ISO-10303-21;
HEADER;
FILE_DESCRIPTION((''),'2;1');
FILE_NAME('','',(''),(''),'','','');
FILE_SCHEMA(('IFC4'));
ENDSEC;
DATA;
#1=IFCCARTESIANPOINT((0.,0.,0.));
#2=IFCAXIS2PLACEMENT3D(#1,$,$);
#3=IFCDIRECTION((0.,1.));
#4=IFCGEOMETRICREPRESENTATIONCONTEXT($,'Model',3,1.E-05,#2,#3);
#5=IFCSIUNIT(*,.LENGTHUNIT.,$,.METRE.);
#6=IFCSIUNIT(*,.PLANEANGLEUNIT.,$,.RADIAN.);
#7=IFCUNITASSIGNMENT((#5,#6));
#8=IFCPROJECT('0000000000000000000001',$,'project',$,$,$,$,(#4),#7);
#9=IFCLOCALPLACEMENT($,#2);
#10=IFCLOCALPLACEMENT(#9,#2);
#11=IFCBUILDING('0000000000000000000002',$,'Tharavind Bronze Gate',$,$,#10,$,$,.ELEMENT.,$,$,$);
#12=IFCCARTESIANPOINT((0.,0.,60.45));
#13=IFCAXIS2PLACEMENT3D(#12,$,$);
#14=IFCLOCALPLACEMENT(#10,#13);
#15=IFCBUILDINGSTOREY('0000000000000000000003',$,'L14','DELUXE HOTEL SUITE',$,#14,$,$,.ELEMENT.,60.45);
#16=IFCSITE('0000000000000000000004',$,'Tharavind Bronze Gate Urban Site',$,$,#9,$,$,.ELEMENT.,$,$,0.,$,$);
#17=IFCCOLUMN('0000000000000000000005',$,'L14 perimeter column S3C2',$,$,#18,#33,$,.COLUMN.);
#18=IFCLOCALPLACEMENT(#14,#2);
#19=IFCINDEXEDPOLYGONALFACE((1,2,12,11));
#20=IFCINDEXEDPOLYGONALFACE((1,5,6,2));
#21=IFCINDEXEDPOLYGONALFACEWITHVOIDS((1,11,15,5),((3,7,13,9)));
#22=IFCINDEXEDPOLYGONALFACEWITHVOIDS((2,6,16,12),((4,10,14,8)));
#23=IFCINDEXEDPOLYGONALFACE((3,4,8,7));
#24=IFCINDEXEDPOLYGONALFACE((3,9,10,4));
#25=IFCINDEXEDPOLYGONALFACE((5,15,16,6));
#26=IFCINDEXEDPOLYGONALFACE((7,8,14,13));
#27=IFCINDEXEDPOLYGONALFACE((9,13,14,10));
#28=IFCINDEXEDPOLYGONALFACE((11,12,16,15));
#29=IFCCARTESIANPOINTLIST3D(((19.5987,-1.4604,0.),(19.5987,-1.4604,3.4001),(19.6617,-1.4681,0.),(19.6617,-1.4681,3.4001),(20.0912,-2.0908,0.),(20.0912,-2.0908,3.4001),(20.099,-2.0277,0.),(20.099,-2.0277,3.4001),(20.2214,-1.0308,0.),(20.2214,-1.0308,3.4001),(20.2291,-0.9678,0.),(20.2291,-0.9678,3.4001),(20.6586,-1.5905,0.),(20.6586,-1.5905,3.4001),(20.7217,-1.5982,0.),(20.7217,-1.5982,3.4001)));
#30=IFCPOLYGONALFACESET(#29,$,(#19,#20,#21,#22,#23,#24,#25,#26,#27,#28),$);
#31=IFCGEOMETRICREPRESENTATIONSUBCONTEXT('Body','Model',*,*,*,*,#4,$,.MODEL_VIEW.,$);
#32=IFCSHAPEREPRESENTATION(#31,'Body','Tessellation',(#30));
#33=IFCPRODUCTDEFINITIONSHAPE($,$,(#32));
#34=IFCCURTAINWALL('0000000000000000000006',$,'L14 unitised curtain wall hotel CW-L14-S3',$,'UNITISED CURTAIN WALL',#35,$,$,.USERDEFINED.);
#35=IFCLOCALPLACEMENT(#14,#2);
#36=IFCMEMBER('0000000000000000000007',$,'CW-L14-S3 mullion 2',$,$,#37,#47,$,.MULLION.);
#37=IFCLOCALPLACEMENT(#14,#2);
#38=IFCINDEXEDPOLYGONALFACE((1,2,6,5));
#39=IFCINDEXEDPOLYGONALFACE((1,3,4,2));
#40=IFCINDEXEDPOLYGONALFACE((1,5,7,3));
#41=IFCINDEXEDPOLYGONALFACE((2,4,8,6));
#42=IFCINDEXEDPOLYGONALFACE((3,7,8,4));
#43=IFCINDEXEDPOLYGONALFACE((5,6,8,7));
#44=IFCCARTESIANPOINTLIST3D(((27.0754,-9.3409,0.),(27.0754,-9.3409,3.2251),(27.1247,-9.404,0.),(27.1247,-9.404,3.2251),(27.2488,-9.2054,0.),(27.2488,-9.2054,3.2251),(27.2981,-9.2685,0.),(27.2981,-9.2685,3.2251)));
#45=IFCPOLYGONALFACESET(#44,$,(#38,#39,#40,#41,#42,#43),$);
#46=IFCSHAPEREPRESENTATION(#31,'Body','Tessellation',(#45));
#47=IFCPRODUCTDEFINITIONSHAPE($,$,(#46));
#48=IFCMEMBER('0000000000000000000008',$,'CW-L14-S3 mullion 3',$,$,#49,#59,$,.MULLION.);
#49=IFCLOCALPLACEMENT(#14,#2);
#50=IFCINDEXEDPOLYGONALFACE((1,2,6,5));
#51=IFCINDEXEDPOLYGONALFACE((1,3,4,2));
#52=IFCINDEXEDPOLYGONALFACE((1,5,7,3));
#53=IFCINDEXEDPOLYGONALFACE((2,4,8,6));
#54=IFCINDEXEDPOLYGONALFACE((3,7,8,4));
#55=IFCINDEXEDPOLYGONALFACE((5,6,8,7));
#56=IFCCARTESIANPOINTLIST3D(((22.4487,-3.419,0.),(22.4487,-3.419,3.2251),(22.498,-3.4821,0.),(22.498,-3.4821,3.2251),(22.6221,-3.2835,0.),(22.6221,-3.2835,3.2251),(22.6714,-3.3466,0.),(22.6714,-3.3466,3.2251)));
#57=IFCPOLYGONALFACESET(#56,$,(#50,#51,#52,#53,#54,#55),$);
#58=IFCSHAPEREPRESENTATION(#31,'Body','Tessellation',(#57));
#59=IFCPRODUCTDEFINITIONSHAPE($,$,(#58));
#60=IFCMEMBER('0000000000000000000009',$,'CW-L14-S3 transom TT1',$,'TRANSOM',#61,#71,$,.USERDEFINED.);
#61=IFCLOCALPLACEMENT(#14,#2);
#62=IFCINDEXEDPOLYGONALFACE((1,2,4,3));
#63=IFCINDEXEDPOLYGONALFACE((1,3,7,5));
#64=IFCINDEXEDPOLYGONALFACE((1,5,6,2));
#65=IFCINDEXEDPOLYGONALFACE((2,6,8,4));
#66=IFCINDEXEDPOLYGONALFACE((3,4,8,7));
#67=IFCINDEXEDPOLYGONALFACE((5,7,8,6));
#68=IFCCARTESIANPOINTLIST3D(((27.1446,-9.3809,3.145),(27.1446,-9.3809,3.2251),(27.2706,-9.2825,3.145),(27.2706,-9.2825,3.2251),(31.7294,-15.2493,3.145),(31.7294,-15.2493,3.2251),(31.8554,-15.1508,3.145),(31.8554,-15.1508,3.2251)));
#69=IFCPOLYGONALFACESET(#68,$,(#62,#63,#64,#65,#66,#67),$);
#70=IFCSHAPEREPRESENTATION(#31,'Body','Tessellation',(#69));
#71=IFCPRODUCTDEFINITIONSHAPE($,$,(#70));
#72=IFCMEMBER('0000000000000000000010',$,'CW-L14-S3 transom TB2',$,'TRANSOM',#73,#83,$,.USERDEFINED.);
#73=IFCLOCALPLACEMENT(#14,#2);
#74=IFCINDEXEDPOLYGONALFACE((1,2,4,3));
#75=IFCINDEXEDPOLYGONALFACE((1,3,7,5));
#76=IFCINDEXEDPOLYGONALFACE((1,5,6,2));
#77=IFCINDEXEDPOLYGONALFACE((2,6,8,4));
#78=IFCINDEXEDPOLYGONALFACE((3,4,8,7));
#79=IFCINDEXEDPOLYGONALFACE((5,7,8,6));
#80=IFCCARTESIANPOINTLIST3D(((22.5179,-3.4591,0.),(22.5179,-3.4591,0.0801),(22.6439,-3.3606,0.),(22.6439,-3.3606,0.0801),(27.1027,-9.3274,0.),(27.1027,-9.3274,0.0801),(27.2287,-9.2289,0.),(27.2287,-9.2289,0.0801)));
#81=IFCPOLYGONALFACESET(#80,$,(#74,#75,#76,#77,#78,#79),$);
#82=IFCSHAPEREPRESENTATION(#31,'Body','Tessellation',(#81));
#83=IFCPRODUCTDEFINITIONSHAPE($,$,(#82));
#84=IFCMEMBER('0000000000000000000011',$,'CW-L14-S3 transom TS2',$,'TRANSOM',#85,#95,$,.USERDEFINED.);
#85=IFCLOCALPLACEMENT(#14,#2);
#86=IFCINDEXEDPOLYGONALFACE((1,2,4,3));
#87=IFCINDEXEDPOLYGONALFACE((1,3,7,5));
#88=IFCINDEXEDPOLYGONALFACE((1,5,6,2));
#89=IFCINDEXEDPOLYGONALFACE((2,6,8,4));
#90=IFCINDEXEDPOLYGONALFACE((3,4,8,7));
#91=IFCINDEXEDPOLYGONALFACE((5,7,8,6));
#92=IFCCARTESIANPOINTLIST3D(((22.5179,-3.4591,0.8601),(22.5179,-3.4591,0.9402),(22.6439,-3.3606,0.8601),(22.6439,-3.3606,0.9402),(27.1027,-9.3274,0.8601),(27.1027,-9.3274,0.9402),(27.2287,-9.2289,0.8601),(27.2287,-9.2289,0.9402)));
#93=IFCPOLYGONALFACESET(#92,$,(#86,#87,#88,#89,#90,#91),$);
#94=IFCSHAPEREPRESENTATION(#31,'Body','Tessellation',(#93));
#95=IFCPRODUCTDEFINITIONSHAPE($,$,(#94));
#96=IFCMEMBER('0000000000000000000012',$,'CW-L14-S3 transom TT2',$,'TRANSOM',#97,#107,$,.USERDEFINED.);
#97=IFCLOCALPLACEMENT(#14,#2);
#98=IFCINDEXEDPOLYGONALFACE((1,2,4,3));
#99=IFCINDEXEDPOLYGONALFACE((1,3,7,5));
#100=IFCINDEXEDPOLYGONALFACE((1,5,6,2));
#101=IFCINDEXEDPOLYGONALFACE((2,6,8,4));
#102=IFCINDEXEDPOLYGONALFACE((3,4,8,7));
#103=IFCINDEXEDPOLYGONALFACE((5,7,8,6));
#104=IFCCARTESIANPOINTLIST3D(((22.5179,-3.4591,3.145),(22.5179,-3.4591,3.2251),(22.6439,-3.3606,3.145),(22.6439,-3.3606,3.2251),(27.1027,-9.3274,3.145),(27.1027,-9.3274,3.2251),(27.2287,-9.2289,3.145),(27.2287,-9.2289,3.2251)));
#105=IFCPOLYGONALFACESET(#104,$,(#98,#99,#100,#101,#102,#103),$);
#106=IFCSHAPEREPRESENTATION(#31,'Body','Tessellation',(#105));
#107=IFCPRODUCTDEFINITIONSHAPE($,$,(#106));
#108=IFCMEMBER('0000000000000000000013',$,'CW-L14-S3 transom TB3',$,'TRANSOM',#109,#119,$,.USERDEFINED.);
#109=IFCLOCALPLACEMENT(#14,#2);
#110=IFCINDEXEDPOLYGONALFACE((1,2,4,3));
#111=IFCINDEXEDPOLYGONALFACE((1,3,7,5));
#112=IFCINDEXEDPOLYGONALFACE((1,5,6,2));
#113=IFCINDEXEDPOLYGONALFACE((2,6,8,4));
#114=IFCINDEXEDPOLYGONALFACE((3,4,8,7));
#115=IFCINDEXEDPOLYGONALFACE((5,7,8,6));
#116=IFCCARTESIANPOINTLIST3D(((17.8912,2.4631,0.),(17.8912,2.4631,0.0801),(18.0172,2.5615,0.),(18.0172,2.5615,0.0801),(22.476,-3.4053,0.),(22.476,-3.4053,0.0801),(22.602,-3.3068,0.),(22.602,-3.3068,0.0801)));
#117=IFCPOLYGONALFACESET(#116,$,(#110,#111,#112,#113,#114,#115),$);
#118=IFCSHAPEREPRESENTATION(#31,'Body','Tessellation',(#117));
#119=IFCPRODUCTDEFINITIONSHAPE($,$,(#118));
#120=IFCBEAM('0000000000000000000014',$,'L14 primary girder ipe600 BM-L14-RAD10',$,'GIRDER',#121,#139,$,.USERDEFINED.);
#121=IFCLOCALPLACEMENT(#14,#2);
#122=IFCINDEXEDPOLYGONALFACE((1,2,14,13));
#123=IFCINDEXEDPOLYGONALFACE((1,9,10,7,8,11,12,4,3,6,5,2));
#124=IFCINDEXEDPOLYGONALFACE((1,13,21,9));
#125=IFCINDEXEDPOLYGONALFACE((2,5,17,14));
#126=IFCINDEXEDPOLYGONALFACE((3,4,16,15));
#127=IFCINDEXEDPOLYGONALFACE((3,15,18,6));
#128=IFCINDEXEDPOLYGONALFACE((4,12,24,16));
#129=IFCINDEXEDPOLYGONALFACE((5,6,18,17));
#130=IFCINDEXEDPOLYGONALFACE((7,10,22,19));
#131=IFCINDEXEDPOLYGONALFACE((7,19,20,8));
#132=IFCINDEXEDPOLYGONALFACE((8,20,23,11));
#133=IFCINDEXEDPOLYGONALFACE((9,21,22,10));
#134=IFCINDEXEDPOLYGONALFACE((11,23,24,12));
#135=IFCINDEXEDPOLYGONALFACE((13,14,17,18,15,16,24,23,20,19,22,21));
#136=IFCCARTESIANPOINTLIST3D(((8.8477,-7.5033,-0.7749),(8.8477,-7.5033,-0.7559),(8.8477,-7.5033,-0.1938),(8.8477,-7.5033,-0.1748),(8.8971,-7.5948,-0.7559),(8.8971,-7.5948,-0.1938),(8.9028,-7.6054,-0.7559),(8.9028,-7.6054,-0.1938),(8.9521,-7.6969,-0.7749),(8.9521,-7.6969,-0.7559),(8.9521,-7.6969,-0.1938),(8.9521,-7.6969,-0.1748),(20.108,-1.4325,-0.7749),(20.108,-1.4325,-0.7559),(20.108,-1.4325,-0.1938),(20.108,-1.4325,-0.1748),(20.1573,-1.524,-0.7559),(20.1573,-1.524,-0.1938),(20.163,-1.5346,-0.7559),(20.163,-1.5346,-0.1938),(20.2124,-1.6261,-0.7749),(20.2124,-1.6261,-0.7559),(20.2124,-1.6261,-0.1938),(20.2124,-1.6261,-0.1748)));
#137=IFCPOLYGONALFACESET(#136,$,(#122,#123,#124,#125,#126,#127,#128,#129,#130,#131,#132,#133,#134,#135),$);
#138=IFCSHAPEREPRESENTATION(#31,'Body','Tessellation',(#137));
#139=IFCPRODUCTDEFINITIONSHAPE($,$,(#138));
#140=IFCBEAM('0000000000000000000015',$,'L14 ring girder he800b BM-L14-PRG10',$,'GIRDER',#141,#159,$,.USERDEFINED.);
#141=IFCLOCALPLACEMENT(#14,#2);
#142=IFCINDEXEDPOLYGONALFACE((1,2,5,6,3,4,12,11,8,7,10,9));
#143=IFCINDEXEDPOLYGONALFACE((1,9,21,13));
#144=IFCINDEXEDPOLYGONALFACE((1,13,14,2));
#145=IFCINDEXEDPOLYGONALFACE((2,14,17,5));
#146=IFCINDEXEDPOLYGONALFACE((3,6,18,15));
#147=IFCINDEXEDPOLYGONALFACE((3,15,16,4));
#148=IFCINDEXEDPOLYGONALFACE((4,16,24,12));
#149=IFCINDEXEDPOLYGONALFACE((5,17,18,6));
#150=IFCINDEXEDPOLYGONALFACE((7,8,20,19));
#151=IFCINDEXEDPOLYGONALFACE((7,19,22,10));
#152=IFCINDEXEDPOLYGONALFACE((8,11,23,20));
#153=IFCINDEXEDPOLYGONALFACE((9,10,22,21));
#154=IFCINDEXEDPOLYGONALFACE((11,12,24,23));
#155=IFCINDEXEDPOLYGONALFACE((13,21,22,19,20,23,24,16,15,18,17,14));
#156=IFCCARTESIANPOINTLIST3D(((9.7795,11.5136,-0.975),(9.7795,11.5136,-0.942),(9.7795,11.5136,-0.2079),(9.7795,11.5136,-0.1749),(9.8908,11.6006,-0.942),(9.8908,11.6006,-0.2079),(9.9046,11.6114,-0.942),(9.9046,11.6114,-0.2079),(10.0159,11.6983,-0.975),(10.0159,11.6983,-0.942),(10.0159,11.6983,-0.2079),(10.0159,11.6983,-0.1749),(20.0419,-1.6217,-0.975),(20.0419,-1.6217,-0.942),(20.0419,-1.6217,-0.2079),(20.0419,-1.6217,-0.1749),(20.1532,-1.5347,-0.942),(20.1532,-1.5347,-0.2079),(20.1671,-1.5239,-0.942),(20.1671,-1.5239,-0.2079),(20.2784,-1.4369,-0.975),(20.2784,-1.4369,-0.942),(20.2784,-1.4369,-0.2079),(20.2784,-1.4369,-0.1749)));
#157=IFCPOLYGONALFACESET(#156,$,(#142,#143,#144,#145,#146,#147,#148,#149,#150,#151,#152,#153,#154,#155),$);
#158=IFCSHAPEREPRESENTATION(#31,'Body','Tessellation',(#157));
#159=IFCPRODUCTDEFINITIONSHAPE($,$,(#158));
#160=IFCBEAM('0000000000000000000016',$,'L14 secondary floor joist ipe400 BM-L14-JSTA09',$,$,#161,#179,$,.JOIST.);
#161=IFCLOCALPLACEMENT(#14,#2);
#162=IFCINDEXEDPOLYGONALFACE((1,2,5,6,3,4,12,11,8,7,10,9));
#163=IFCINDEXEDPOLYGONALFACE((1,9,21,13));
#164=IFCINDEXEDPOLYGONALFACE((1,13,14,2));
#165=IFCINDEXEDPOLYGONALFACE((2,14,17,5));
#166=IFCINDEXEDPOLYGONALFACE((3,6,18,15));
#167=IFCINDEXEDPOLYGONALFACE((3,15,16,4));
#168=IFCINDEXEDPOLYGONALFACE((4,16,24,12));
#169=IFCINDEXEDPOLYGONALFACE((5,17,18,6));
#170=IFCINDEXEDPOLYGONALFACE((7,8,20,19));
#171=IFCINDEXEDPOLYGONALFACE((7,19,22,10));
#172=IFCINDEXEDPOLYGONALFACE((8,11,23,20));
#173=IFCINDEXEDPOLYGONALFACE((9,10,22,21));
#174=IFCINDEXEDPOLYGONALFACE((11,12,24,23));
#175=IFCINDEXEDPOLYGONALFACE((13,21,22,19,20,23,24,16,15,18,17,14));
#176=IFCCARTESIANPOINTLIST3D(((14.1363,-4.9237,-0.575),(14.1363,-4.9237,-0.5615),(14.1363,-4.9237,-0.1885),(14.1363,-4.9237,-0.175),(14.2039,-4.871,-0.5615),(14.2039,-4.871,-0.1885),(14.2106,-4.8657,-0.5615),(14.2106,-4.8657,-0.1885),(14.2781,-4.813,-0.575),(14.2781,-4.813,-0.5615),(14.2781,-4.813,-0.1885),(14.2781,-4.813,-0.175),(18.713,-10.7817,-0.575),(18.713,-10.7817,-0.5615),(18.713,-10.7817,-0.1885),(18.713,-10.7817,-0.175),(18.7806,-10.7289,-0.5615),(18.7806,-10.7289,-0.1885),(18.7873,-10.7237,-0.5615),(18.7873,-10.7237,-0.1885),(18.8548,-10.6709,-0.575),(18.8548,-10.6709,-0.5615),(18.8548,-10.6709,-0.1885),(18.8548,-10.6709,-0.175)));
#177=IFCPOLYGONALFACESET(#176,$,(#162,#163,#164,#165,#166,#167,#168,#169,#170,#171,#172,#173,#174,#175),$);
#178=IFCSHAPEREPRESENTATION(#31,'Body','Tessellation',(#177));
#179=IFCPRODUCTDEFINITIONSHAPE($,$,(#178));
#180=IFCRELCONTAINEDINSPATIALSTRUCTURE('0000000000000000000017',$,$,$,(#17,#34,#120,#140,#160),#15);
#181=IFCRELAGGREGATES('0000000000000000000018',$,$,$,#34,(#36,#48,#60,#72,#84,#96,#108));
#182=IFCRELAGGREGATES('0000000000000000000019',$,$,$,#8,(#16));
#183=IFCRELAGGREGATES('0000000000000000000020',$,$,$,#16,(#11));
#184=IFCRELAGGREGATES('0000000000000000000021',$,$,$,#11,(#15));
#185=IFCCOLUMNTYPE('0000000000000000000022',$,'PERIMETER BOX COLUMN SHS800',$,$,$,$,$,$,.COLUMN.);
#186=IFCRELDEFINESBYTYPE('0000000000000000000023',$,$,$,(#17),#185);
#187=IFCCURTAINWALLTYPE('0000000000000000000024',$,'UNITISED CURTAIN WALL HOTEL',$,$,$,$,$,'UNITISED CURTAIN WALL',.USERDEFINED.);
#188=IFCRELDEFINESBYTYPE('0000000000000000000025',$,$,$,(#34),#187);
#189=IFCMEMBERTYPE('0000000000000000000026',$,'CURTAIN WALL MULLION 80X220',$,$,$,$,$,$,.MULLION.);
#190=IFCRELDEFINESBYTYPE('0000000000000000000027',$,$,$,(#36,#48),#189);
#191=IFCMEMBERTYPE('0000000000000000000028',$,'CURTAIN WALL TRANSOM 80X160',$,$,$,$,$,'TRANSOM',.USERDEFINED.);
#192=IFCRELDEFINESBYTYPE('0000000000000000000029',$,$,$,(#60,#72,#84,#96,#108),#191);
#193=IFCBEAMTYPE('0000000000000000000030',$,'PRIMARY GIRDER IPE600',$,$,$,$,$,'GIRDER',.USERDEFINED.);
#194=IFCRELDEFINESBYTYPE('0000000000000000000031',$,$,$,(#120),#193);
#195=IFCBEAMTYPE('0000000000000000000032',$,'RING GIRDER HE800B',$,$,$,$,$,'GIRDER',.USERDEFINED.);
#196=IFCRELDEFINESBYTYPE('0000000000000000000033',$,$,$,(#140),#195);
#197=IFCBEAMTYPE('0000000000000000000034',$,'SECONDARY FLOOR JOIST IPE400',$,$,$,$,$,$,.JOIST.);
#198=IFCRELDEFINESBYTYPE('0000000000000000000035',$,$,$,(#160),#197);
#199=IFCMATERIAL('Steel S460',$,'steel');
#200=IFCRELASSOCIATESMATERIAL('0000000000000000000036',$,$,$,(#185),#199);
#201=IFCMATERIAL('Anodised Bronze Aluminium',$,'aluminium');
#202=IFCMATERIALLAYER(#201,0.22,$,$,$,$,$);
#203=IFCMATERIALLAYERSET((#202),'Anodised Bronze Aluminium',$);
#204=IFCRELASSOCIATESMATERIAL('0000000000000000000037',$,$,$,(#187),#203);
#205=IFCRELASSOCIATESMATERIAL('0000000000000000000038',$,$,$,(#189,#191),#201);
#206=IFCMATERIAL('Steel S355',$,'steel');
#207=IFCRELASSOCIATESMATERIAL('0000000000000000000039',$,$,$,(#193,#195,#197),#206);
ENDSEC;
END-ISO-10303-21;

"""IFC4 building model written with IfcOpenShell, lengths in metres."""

from ifc_helpers import new_model, si_unit, direction, frame, origin, origin_2d, place, context, subcontext, project, spatial, rectangle, hollow_rectangle, i_section, extrude, material, layer, layer_set, material_profile, profile_set, type_object, element, aggregate, save


model = new_model("IFC4")

# Units and contexts
model_context = context("Model", 3, precision=1e-05, world=origin(), true_north=direction((0.0, 1.0)))
body_context = subcontext(model_context, "Body", "Model", "MODEL_VIEW")
ifc_project = project(units=[si_unit("LENGTHUNIT", "METRE"), si_unit("PLANEANGLEUNIT", "RADIAN")], contexts=[model_context])

# Site, building, storey
site_placement = place(None, origin())
site = spatial("IfcSite", under=ifc_project, at=site_placement, Name="Tharavind Bronze Gate Urban Site", CompositionType="ELEMENT", RefElevation=0.0)
building_placement = place(site_placement, origin())
building = spatial("IfcBuilding", under=site, at=building_placement, Name="Tharavind Bronze Gate", CompositionType="ELEMENT")
storey_placement = place(building_placement, frame((0.0, 0.0, 60.45)))
storey = spatial("IfcBuildingStorey", under=building, at=storey_placement, Name="L14", Description="DELUXE HOTEL SUITE", CompositionType="ELEMENT", Elevation=60.45)

# Column
ifc_material_1 = material(Name="Steel S460", Category="steel")
ifc_material_profile_1 = material_profile(ifc_material_1, hollow_rectangle(XDim=0.8, YDim=0.8, WallThickness=0.0449, at=origin_2d()), Name="SHS800X45")
ifc_profile_set_1 = profile_set([ifc_material_profile_1], Name="Steel S460")
column_type = type_object("IfcColumnType", Name="PERIMETER BOX COLUMN SHS800", PredefinedType="COLUMN", material=ifc_profile_set_1)
column_placement = place(storey_placement, frame((20.1602, -1.5293, 0.0), z_axis=(0.0, 0.0, 1.0), x_axis=(-0.615661, 0.788011, 0.0)))
element("IfcColumn", 1, at=column_placement, inside=storey, type_object=column_type, Name="L14 perimeter column S3C2", PredefinedType="COLUMN", context=body_context, shape_type="SweptSolid", body=[
    extrude(hollow_rectangle(XDim=0.8, YDim=0.8, WallThickness=0.0449, at=origin_2d()), origin(), (0.0, 0.0, 1.0), 3.4001),
])

# Curtain wall, members
ifc_material_2 = material(Name="Anodised Bronze Aluminium", Category="aluminium")
ifc_layer_1 = layer(ifc_material_2, 0.22)
ifc_layer_set_1 = layer_set([ifc_layer_1], Name="Anodised Bronze Aluminium")
curtain_wall_type = type_object("IfcCurtainWallType", Name="UNITISED CURTAIN WALL HOTEL", ElementType="UNITISED CURTAIN WALL", PredefinedType="USERDEFINED", material=ifc_layer_set_1)
curtain_wall_placement = place(storey_placement, origin())
curtain_wall = element("IfcCurtainWall", 2, at=curtain_wall_placement, inside=storey, type_object=curtain_wall_type, Name="L14 unitised curtain wall hotel CW-L14-S3", ObjectType="UNITISED CURTAIN WALL", PredefinedType="USERDEFINED")
member_type_1 = type_object("IfcMemberType", Name="CURTAIN WALL MULLION 80X220", PredefinedType="MULLION", material=ifc_material_2)
member_1_placement = place(storey_placement, frame((27.1868, -9.3047, 0.0), z_axis=(0.0, 0.0, 1.0), x_axis=(-0.615661, 0.788011, 0.0)))
member_1 = element("IfcMember", 3, at=member_1_placement, type_object=member_type_1, Name="CW-L14-S3 mullion 2", PredefinedType="MULLION", context=body_context, shape_type="SweptSolid", body=[
    extrude(rectangle(XDim=0.0801, YDim=0.22, at=origin_2d()), origin(), (0.0, 0.0, 1.0), 3.2251),
])
member_2_placement = place(storey_placement, frame((22.5601, -3.3828, 0.0), z_axis=(0.0, 0.0, 1.0), x_axis=(-0.615661, 0.788011, 0.0)))
member_2 = element("IfcMember", 4, at=member_2_placement, type_object=member_type_1, Name="CW-L14-S3 mullion 3", PredefinedType="MULLION", context=body_context, shape_type="SweptSolid", body=[
    extrude(rectangle(XDim=0.0801, YDim=0.22, at=origin_2d()), origin(), (0.0, 0.0, 1.0), 3.2251),
])
member_type_2 = type_object("IfcMemberType", Name="CURTAIN WALL TRANSOM 80X160", ElementType="TRANSOM", PredefinedType="USERDEFINED", material=ifc_material_2)
member_3_placement = place(storey_placement, frame((29.5, -12.2659, 3.145), z_axis=(0.0, 0.0, 1.0), x_axis=(-0.615661, 0.788011, 0.0)))
member_3 = element("IfcMember", 5, at=member_3_placement, type_object=member_type_2, Name="CW-L14-S3 transom TT1", ObjectType="TRANSOM", PredefinedType="USERDEFINED", context=body_context, shape_type="SweptSolid", body=[
    extrude(rectangle(XDim=7.447, YDim=0.1599, at=origin_2d()), origin(), (0.0, 0.0, 1.0), 0.0801),
])
member_4_placement = place(storey_placement, frame((24.8733, -6.344, 0.0), z_axis=(0.0, 0.0, 1.0), x_axis=(-0.615661, 0.788011, 0.0)))
member_4 = element("IfcMember", 6, at=member_4_placement, type_object=member_type_2, Name="CW-L14-S3 transom TB2", ObjectType="TRANSOM", PredefinedType="USERDEFINED", context=body_context, shape_type="SweptSolid", body=[
    extrude(rectangle(XDim=7.447, YDim=0.1599, at=origin_2d()), origin(), (0.0, 0.0, 1.0), 0.0801),
])
member_5_placement = place(storey_placement, frame((24.8733, -6.344, 0.8601), z_axis=(0.0, 0.0, 1.0), x_axis=(-0.615661, 0.788011, 0.0)))
member_5 = element("IfcMember", 7, at=member_5_placement, type_object=member_type_2, Name="CW-L14-S3 transom TS2", ObjectType="TRANSOM", PredefinedType="USERDEFINED", context=body_context, shape_type="SweptSolid", body=[
    extrude(rectangle(XDim=7.447, YDim=0.1599, at=origin_2d()), origin(), (0.0, 0.0, 1.0), 0.0801),
])
member_6_placement = place(storey_placement, frame((24.8733, -6.344, 3.145), z_axis=(0.0, 0.0, 1.0), x_axis=(-0.615661, 0.788011, 0.0)))
member_6 = element("IfcMember", 8, at=member_6_placement, type_object=member_type_2, Name="CW-L14-S3 transom TT2", ObjectType="TRANSOM", PredefinedType="USERDEFINED", context=body_context, shape_type="SweptSolid", body=[
    extrude(rectangle(XDim=7.447, YDim=0.1599, at=origin_2d()), origin(), (0.0, 0.0, 1.0), 0.0801),
])
member_7_placement = place(storey_placement, frame((20.2466, -0.4219, 0.0), z_axis=(0.0, 0.0, 1.0), x_axis=(-0.615661, 0.788011, 0.0)))
member_7 = element("IfcMember", 9, at=member_7_placement, type_object=member_type_2, Name="CW-L14-S3 transom TB3", ObjectType="TRANSOM", PredefinedType="USERDEFINED", context=body_context, shape_type="SweptSolid", body=[
    extrude(rectangle(XDim=7.447, YDim=0.1599, at=origin_2d()), origin(), (0.0, 0.0, 1.0), 0.0801),
])

# Beams
ifc_material_3 = material(Name="Steel S355", Category="steel")
ifc_material_profile_2 = material_profile(ifc_material_3, i_section(OverallWidth=0.22, OverallDepth=0.6001, WebThickness=0.012, FlangeThickness=0.019, at=origin_2d()), Name="IPE600")
ifc_profile_set_2 = profile_set([ifc_material_profile_2], Name="Steel S355")
beam_type_1 = type_object("IfcBeamType", Name="PRIMARY GIRDER IPE600", ElementType="GIRDER", PredefinedType="USERDEFINED", material=ifc_profile_set_2)
beam_1_placement = place(storey_placement, frame((20.1602, -1.5293, -0.4749), z_axis=(-0.880223, -0.47456, 0.0), x_axis=(0.47456, -0.880223, 0.0)))
element("IfcBeam", 10, at=beam_1_placement, inside=storey, type_object=beam_type_1, Name="L14 primary girder ipe600 BM-L14-RAD10", ObjectType="GIRDER", PredefinedType="USERDEFINED", context=body_context, shape_type="SweptSolid", body=[
    extrude(i_section(OverallWidth=0.22, OverallDepth=0.6001, WebThickness=0.012, FlangeThickness=0.019, at=origin_2d()), origin(), (0.0, 0.0, 1.0), 12.7925),
])
ifc_material_profile_3 = material_profile(ifc_material_3, i_section(OverallWidth=0.3, OverallDepth=0.8, WebThickness=0.0176, FlangeThickness=0.033, at=origin_2d()), Name="HE800B")
ifc_profile_set_3 = profile_set([ifc_material_profile_3], Name="Steel S355")
beam_type_2 = type_object("IfcBeamType", Name="RING GIRDER HE800B", ElementType="GIRDER", PredefinedType="USERDEFINED", material=ifc_profile_set_3)
beam_2_placement = place(storey_placement, frame((20.1602, -1.5293, -0.575), z_axis=(-0.615664, 0.788009, 0.0), x_axis=(-0.788009, -0.615664, 0.0)))
element("IfcBeam", 11, at=beam_2_placement, inside=storey, type_object=beam_type_2, Name="L14 ring girder he800b BM-L14-PRG10", ObjectType="GIRDER", PredefinedType="USERDEFINED", context=body_context, shape_type="SweptSolid", body=[
    extrude(i_section(OverallWidth=0.3, OverallDepth=0.8, WebThickness=0.0176, FlangeThickness=0.033, at=origin_2d()), origin(), (0.0, 0.0, 1.0), 16.6689),
])
ifc_material_profile_4 = material_profile(ifc_material_3, i_section(OverallWidth=0.1799, OverallDepth=0.3999, WebThickness=0.0085, FlangeThickness=0.0134, at=origin_2d()), Name="IPE400")
ifc_profile_set_4 = profile_set([ifc_material_profile_4], Name="Steel S355")
beam_type_3 = type_object("IfcBeamType", Name="SECONDARY FLOOR JOIST IPE400", PredefinedType="JOIST", material=ifc_profile_set_4)
beam_3_placement = place(storey_placement, frame((18.7839, -10.7263, -0.375), z_axis=(-0.615658, 0.788013, 0.0), x_axis=(-0.788013, -0.615658, 0.0)))
element("IfcBeam", 12, at=beam_3_placement, inside=storey, type_object=beam_type_3, Name="L14 secondary floor joist ipe400 BM-L14-JSTA09", PredefinedType="JOIST", context=body_context, shape_type="SweptSolid", body=[
    extrude(i_section(OverallWidth=0.1799, OverallDepth=0.3999, WebThickness=0.0085, FlangeThickness=0.0134, at=origin_2d()), origin(), (0.0, 0.0, 1.0), 7.4338),
])

aggregate(curtain_wall, [member_1, member_2, member_3, member_4, member_5, member_6, member_7])

save(model, "model.ifc")
